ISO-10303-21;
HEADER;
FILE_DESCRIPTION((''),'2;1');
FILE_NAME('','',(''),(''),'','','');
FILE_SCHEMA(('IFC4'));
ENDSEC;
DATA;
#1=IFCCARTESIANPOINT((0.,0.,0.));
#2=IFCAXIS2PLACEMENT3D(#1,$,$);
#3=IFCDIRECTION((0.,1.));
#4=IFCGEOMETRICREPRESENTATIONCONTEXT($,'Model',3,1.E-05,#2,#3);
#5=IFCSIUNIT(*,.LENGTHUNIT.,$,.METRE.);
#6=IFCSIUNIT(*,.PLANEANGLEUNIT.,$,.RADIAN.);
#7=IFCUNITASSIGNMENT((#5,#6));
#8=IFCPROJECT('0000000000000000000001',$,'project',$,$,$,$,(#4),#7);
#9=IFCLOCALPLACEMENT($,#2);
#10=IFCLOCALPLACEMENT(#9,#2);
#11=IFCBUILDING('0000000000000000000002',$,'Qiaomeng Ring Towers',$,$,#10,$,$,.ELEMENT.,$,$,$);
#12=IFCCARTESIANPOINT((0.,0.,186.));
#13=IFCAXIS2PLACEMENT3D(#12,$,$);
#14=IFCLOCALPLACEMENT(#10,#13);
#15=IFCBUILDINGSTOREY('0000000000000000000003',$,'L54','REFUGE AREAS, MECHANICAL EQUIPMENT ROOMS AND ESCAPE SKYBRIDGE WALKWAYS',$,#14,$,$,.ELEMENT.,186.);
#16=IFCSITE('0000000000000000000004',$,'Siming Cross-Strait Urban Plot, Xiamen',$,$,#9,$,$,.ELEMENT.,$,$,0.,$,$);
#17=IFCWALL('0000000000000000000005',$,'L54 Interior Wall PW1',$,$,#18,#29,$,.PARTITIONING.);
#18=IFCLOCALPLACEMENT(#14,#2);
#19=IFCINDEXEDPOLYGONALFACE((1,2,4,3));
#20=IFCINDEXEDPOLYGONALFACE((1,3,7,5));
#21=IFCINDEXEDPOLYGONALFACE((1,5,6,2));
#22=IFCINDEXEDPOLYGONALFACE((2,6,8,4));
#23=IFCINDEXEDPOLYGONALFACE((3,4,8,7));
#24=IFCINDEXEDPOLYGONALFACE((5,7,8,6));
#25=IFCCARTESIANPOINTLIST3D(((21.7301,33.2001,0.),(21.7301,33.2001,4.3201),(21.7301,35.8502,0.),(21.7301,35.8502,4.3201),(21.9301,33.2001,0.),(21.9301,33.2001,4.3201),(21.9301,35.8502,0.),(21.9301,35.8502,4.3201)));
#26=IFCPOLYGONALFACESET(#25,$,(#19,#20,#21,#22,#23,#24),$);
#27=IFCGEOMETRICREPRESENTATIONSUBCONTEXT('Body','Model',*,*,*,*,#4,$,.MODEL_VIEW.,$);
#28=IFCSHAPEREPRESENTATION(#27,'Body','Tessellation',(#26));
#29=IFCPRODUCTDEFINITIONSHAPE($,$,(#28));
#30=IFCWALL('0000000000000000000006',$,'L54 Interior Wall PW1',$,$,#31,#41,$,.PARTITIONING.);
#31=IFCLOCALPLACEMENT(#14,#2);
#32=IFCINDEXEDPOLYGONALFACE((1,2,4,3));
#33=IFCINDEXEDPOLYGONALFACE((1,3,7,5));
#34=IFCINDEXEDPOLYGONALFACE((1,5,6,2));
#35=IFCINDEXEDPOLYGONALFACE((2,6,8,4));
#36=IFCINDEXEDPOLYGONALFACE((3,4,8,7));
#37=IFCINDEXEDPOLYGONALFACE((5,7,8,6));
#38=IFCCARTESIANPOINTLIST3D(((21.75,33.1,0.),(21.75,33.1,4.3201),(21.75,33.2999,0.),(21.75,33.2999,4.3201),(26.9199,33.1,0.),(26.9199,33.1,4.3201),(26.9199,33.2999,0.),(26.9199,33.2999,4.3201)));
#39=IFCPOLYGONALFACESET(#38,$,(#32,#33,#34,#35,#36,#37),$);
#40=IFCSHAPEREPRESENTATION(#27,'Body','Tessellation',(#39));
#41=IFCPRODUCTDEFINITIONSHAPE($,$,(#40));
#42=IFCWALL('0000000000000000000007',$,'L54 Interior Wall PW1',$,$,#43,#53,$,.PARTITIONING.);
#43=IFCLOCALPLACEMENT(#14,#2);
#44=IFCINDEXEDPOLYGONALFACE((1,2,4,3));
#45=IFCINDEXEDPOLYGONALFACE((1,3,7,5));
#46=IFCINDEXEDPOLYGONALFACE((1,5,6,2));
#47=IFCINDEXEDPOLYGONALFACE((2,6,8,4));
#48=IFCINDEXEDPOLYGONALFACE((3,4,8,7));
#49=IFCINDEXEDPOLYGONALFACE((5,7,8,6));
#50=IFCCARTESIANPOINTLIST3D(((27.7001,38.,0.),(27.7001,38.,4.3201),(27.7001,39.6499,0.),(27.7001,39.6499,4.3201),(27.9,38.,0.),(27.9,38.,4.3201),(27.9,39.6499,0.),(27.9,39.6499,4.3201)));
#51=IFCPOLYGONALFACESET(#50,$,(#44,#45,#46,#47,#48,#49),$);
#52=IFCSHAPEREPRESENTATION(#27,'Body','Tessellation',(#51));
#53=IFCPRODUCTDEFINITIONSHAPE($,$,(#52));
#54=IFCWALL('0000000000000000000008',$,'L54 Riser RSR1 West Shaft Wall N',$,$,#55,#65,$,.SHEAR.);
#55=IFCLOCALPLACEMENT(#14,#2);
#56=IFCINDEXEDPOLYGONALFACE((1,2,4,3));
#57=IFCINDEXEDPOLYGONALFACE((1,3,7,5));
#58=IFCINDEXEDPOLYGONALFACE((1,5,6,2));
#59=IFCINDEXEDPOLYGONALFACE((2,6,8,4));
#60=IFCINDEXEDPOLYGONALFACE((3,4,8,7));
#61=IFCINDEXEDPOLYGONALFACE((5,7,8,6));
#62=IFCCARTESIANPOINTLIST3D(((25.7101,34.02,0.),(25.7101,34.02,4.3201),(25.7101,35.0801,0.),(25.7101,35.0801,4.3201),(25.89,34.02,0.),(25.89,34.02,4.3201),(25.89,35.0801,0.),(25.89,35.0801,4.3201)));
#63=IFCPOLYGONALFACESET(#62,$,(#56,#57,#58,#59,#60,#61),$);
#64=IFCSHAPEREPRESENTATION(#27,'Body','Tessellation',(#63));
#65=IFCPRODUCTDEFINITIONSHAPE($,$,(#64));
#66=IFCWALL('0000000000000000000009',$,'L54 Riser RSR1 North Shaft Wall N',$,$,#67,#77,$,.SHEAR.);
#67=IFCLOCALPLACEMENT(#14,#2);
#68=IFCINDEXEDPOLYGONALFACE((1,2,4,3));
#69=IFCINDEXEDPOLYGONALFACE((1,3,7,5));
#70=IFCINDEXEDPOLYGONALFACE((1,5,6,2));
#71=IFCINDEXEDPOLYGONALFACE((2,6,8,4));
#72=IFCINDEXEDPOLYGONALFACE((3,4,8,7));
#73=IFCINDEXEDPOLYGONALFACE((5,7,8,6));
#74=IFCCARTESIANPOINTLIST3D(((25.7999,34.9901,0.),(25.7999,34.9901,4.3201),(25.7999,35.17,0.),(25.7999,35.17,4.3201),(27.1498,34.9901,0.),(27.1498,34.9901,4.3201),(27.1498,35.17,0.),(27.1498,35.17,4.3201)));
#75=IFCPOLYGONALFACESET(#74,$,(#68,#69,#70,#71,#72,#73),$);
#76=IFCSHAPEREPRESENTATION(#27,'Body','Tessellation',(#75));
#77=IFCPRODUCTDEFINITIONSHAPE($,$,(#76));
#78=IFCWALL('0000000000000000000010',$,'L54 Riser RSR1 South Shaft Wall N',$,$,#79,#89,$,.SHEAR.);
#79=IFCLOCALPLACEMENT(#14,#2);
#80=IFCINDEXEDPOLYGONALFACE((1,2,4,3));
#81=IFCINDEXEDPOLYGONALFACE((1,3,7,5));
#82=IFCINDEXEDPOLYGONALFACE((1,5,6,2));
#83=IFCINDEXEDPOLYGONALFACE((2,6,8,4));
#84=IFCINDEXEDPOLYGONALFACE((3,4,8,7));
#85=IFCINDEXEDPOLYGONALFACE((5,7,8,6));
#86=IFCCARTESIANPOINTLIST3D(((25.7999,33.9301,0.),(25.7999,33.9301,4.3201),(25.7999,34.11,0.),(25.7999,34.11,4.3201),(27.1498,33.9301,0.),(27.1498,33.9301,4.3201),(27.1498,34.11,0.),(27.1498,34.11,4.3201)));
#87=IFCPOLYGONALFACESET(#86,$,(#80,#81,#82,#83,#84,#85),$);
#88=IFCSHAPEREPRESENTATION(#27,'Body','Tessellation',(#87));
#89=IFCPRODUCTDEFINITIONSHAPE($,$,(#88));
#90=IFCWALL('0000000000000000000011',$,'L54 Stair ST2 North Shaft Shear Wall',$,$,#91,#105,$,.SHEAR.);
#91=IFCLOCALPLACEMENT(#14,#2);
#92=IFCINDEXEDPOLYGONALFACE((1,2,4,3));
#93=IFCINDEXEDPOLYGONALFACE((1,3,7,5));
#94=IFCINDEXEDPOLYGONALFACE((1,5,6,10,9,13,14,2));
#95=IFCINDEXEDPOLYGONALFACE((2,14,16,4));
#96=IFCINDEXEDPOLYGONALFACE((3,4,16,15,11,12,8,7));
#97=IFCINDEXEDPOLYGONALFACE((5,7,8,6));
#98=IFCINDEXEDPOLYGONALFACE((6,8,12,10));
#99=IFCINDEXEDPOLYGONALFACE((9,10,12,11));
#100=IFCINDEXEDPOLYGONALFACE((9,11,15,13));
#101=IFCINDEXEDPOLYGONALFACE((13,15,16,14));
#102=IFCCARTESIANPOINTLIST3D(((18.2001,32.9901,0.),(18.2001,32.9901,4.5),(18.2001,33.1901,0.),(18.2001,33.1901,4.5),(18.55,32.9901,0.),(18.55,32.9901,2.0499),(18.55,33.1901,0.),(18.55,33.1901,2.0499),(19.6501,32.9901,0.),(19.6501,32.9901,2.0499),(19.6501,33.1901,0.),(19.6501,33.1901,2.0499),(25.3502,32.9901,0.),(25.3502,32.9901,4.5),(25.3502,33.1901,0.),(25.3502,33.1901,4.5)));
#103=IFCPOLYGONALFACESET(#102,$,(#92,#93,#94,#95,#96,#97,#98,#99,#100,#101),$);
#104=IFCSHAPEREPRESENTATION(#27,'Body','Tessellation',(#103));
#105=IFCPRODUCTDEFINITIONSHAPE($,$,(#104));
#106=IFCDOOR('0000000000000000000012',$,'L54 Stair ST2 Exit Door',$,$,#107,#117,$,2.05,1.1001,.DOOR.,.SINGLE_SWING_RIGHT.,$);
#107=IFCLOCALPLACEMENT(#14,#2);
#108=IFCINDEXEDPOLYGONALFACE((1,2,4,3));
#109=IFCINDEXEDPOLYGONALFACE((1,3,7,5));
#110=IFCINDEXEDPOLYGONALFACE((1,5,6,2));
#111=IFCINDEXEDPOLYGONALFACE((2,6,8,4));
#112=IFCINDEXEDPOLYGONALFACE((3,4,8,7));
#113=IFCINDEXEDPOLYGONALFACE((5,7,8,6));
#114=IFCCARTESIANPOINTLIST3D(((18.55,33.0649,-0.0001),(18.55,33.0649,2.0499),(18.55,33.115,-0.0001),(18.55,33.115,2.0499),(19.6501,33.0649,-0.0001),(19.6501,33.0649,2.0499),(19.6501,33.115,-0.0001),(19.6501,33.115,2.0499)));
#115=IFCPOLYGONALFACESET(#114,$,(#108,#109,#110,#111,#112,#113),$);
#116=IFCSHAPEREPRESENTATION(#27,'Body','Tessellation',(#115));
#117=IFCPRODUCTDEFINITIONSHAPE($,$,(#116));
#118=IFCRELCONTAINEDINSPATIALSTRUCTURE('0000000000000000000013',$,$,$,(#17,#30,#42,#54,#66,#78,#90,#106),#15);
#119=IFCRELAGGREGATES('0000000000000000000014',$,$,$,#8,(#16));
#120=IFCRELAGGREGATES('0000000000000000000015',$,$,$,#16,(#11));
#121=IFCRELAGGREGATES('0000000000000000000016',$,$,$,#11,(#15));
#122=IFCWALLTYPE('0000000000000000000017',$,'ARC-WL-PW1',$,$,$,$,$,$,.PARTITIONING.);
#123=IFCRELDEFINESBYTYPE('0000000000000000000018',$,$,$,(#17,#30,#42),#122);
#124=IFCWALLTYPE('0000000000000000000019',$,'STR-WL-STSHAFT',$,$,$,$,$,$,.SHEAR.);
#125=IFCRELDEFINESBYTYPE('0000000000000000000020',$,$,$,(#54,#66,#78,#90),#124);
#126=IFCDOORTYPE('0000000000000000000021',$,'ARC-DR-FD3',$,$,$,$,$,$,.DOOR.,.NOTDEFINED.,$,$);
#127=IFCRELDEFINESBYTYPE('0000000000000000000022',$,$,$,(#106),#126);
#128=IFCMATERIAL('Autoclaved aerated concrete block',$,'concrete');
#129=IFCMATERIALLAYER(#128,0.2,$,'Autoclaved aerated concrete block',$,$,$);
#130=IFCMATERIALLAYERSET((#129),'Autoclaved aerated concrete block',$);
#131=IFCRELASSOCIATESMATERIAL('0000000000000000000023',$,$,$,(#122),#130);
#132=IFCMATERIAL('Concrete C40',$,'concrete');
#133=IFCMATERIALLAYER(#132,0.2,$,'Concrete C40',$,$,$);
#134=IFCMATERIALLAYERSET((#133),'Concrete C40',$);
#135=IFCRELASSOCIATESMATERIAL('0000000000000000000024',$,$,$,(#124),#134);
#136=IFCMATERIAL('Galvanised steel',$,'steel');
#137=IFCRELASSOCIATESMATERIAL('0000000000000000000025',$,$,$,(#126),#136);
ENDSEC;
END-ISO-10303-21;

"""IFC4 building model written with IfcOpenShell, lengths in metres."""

from ifc_helpers import new_model, si_unit, direction, frame, frame_2d, origin, place, context, subcontext, project, spatial, rectangle, extrude, source, transform, mapped, material, layer, layer_set, type_object, element, fill, save


model = new_model("IFC4")

# Units and contexts
model_context = context("Model", 3, precision=1e-05, world=origin(), true_north=direction((0.0, 1.0)))
body_context = subcontext(model_context, "Body", "Model", "MODEL_VIEW")
ifc_project = project(units=[si_unit("LENGTHUNIT", "METRE"), si_unit("PLANEANGLEUNIT", "RADIAN")], contexts=[model_context])

# Site, building, storey
site_placement = place(None, origin())
site = spatial("IfcSite", under=ifc_project, at=site_placement, Name="Siming Cross-Strait Urban Plot, Xiamen", CompositionType="ELEMENT", RefElevation=0.0)
building_placement = place(site_placement, origin())
building = spatial("IfcBuilding", under=site, at=building_placement, Name="Qiaomeng Ring Towers", CompositionType="ELEMENT")
storey_placement = place(building_placement, frame((0.0, 0.0, 186.0)))
storey = spatial("IfcBuildingStorey", under=building, at=storey_placement, Name="L54", Description="REFUGE AREAS, MECHANICAL EQUIPMENT ROOMS AND ESCAPE SKYBRIDGE WALKWAYS", CompositionType="ELEMENT", Elevation=186.0)

# Walls
ifc_material_1 = material(Name="Autoclaved aerated concrete block", Category="concrete")
ifc_layer_1 = layer(ifc_material_1, 0.2, Name="Autoclaved aerated concrete block")
ifc_layer_set_1 = layer_set([ifc_layer_1], Name="Autoclaved aerated concrete block")
wall_type_1 = type_object("IfcWallType", Name="ARC-WL-PW1", PredefinedType="PARTITIONING", material=ifc_layer_set_1)
wall_1_placement = place(storey_placement, frame((21.8301, 33.2, 0.0), z_axis=(0.0, 0.0, 1.0), x_axis=(0.0, 1.0, 0.0)))
element("IfcWall", 1, at=wall_1_placement, inside=storey, type_object=wall_type_1, Name="L54 Interior Wall PW1", PredefinedType="PARTITIONING", context=body_context, shape_type="SweptSolid", body=[
    extrude(rectangle(XDim=2.6501, YDim=0.2, at=frame_2d((1.3252, 0.0))), origin(), (0.0, 0.0, 1.0), 4.3201),
])
wall_2_placement = place(storey_placement, frame((21.75, 33.2, 0.0), z_axis=(0.0, 0.0, 1.0), x_axis=(1.0, 0.0, 0.0)))
element("IfcWall", 2, at=wall_2_placement, inside=storey, type_object=wall_type_1, Name="L54 Interior Wall PW1", PredefinedType="PARTITIONING", context=body_context, shape_type="SweptSolid", body=[
    extrude(rectangle(XDim=5.1699, YDim=0.2, at=frame_2d((2.585, 0.0))), origin(), (0.0, 0.0, 1.0), 4.3201),
])
wall_3_placement = place(storey_placement, frame((27.8, 38.0, 0.0), z_axis=(0.0, 0.0, 1.0), x_axis=(0.0, 1.0, 0.0)))
element("IfcWall", 3, at=wall_3_placement, inside=storey, type_object=wall_type_1, Name="L54 Interior Wall PW1", PredefinedType="PARTITIONING", context=body_context, shape_type="SweptSolid", body=[
    extrude(rectangle(XDim=1.6499, YDim=0.2, at=frame_2d((0.825, 0.0))), origin(), (0.0, 0.0, 1.0), 4.3201),
])
ifc_material_2 = material(Name="Concrete C40", Category="concrete")
ifc_layer_2 = layer(ifc_material_2, 0.2, Name="Concrete C40")
ifc_layer_set_2 = layer_set([ifc_layer_2], Name="Concrete C40")
wall_type_2 = type_object("IfcWallType", Name="STR-WL-STSHAFT", PredefinedType="SHEAR", material=ifc_layer_set_2)
wall_4_placement = place(storey_placement, frame((25.8, 34.02, 0.0), z_axis=(0.0, 0.0, 1.0), x_axis=(0.0, 1.0, 0.0)))
element("IfcWall", 4, at=wall_4_placement, inside=storey, type_object=wall_type_2, Name="L54 Riser RSR1 West Shaft Wall N", PredefinedType="SHEAR", context=body_context, shape_type="SweptSolid", body=[
    extrude(rectangle(XDim=1.0601, YDim=0.1799, at=frame_2d((0.53, 0.0))), origin(), (0.0, 0.0, 1.0), 4.3201),
])
for number, where, z_axis, x_axis, name in (
    (5, (25.8, 35.0801, 0.0), (0.0, 0.0, 1.0), (1.0, 0.0, 0.0), "L54 Riser RSR1 North Shaft Wall N"),
    (6, (25.8, 34.02, 0.0), (0.0, 0.0, 1.0), (1.0, 0.0, 0.0), "L54 Riser RSR1 South Shaft Wall N"),
):
    element("IfcWall", number, at=place(storey_placement, frame(where, z_axis=z_axis, x_axis=x_axis)), inside=storey, type_object=wall_type_2, Name=name, PredefinedType="SHEAR", context=body_context, shape_type="SweptSolid", body=[
        extrude(rectangle(XDim=1.3499, YDim=0.1799, at=frame_2d((0.6748, 0.0))), origin(), (0.0, 0.0, 1.0), 4.3201),
    ])

# Wall, opening, door
wall_5_placement = place(storey_placement, frame((18.2, 33.0901, 0.0), z_axis=(0.0, 0.0, 1.0), x_axis=(1.0, 0.0, 0.0)))
wall_5 = element("IfcWall", 7, at=wall_5_placement, inside=storey, type_object=wall_type_2, Name="L54 Stair ST2 North Shaft Shear Wall", PredefinedType="SHEAR", context=body_context, shape_type="SweptSolid", body=[
    extrude(rectangle(XDim=7.1501, YDim=0.2, at=frame_2d((3.5752, 0.0))), origin(), (0.0, 0.0, 1.0), 4.5),
])
opening_placement = place(wall_5_placement, frame((0.3501, 0.0, 0.0)))
opening = element("IfcOpeningElement", 8, at=opening_placement, cuts=wall_5, PredefinedType="OPENING", context=body_context, shape_type="SweptSolid", body=[
    extrude(rectangle(XDim=1.1001, YDim=2.05, at=frame_2d((0.55, 1.0249))), frame((0.0, 0.1099, 0.0), z_axis=(0.0, -1.0, 0.0), x_axis=(1.0, 0.0, 0.0)), (0.0, 0.0, 1.0), 0.22),
])
ifc_material_3 = material(Name="Galvanised steel", Category="steel")
door_type = type_object("IfcDoorType", Name="ARC-DR-FD3", OperationType="NOTDEFINED", PredefinedType="DOOR", material=ifc_material_3)
shared_shape_1 = source(origin(), body_context, "Body", "SweptSolid", [
    extrude(rectangle(XDim=1.1001, YDim=2.05, at=frame_2d((0.55, 1.0249))), frame((0.0, 0.0249, 0.0), z_axis=(0.0, -1.0, 0.0), x_axis=(1.0, 0.0, 0.0)), (0.0, 0.0, 1.0), 0.05),
])
door_placement = place(opening_placement, origin())
door = element("IfcDoor", 9, at=door_placement, inside=storey, type_object=door_type, Name="L54 Stair ST2 Exit Door", OperationType="SINGLE_SWING_RIGHT", OverallHeight=2.05, OverallWidth=1.1001, PredefinedType="DOOR", context=body_context, shape_type="MappedRepresentation", body=[
    mapped(shared_shape_1, transform((0.0, 0.0, 0.0), x_axis=(1.0, 0.0, 0.0), y_axis=(0.0, 1.0, 0.0), z_axis=(0.0, 0.0, 1.0), scale=1.0)),
])
fill(opening, door)

save(model, "model.ifc")
